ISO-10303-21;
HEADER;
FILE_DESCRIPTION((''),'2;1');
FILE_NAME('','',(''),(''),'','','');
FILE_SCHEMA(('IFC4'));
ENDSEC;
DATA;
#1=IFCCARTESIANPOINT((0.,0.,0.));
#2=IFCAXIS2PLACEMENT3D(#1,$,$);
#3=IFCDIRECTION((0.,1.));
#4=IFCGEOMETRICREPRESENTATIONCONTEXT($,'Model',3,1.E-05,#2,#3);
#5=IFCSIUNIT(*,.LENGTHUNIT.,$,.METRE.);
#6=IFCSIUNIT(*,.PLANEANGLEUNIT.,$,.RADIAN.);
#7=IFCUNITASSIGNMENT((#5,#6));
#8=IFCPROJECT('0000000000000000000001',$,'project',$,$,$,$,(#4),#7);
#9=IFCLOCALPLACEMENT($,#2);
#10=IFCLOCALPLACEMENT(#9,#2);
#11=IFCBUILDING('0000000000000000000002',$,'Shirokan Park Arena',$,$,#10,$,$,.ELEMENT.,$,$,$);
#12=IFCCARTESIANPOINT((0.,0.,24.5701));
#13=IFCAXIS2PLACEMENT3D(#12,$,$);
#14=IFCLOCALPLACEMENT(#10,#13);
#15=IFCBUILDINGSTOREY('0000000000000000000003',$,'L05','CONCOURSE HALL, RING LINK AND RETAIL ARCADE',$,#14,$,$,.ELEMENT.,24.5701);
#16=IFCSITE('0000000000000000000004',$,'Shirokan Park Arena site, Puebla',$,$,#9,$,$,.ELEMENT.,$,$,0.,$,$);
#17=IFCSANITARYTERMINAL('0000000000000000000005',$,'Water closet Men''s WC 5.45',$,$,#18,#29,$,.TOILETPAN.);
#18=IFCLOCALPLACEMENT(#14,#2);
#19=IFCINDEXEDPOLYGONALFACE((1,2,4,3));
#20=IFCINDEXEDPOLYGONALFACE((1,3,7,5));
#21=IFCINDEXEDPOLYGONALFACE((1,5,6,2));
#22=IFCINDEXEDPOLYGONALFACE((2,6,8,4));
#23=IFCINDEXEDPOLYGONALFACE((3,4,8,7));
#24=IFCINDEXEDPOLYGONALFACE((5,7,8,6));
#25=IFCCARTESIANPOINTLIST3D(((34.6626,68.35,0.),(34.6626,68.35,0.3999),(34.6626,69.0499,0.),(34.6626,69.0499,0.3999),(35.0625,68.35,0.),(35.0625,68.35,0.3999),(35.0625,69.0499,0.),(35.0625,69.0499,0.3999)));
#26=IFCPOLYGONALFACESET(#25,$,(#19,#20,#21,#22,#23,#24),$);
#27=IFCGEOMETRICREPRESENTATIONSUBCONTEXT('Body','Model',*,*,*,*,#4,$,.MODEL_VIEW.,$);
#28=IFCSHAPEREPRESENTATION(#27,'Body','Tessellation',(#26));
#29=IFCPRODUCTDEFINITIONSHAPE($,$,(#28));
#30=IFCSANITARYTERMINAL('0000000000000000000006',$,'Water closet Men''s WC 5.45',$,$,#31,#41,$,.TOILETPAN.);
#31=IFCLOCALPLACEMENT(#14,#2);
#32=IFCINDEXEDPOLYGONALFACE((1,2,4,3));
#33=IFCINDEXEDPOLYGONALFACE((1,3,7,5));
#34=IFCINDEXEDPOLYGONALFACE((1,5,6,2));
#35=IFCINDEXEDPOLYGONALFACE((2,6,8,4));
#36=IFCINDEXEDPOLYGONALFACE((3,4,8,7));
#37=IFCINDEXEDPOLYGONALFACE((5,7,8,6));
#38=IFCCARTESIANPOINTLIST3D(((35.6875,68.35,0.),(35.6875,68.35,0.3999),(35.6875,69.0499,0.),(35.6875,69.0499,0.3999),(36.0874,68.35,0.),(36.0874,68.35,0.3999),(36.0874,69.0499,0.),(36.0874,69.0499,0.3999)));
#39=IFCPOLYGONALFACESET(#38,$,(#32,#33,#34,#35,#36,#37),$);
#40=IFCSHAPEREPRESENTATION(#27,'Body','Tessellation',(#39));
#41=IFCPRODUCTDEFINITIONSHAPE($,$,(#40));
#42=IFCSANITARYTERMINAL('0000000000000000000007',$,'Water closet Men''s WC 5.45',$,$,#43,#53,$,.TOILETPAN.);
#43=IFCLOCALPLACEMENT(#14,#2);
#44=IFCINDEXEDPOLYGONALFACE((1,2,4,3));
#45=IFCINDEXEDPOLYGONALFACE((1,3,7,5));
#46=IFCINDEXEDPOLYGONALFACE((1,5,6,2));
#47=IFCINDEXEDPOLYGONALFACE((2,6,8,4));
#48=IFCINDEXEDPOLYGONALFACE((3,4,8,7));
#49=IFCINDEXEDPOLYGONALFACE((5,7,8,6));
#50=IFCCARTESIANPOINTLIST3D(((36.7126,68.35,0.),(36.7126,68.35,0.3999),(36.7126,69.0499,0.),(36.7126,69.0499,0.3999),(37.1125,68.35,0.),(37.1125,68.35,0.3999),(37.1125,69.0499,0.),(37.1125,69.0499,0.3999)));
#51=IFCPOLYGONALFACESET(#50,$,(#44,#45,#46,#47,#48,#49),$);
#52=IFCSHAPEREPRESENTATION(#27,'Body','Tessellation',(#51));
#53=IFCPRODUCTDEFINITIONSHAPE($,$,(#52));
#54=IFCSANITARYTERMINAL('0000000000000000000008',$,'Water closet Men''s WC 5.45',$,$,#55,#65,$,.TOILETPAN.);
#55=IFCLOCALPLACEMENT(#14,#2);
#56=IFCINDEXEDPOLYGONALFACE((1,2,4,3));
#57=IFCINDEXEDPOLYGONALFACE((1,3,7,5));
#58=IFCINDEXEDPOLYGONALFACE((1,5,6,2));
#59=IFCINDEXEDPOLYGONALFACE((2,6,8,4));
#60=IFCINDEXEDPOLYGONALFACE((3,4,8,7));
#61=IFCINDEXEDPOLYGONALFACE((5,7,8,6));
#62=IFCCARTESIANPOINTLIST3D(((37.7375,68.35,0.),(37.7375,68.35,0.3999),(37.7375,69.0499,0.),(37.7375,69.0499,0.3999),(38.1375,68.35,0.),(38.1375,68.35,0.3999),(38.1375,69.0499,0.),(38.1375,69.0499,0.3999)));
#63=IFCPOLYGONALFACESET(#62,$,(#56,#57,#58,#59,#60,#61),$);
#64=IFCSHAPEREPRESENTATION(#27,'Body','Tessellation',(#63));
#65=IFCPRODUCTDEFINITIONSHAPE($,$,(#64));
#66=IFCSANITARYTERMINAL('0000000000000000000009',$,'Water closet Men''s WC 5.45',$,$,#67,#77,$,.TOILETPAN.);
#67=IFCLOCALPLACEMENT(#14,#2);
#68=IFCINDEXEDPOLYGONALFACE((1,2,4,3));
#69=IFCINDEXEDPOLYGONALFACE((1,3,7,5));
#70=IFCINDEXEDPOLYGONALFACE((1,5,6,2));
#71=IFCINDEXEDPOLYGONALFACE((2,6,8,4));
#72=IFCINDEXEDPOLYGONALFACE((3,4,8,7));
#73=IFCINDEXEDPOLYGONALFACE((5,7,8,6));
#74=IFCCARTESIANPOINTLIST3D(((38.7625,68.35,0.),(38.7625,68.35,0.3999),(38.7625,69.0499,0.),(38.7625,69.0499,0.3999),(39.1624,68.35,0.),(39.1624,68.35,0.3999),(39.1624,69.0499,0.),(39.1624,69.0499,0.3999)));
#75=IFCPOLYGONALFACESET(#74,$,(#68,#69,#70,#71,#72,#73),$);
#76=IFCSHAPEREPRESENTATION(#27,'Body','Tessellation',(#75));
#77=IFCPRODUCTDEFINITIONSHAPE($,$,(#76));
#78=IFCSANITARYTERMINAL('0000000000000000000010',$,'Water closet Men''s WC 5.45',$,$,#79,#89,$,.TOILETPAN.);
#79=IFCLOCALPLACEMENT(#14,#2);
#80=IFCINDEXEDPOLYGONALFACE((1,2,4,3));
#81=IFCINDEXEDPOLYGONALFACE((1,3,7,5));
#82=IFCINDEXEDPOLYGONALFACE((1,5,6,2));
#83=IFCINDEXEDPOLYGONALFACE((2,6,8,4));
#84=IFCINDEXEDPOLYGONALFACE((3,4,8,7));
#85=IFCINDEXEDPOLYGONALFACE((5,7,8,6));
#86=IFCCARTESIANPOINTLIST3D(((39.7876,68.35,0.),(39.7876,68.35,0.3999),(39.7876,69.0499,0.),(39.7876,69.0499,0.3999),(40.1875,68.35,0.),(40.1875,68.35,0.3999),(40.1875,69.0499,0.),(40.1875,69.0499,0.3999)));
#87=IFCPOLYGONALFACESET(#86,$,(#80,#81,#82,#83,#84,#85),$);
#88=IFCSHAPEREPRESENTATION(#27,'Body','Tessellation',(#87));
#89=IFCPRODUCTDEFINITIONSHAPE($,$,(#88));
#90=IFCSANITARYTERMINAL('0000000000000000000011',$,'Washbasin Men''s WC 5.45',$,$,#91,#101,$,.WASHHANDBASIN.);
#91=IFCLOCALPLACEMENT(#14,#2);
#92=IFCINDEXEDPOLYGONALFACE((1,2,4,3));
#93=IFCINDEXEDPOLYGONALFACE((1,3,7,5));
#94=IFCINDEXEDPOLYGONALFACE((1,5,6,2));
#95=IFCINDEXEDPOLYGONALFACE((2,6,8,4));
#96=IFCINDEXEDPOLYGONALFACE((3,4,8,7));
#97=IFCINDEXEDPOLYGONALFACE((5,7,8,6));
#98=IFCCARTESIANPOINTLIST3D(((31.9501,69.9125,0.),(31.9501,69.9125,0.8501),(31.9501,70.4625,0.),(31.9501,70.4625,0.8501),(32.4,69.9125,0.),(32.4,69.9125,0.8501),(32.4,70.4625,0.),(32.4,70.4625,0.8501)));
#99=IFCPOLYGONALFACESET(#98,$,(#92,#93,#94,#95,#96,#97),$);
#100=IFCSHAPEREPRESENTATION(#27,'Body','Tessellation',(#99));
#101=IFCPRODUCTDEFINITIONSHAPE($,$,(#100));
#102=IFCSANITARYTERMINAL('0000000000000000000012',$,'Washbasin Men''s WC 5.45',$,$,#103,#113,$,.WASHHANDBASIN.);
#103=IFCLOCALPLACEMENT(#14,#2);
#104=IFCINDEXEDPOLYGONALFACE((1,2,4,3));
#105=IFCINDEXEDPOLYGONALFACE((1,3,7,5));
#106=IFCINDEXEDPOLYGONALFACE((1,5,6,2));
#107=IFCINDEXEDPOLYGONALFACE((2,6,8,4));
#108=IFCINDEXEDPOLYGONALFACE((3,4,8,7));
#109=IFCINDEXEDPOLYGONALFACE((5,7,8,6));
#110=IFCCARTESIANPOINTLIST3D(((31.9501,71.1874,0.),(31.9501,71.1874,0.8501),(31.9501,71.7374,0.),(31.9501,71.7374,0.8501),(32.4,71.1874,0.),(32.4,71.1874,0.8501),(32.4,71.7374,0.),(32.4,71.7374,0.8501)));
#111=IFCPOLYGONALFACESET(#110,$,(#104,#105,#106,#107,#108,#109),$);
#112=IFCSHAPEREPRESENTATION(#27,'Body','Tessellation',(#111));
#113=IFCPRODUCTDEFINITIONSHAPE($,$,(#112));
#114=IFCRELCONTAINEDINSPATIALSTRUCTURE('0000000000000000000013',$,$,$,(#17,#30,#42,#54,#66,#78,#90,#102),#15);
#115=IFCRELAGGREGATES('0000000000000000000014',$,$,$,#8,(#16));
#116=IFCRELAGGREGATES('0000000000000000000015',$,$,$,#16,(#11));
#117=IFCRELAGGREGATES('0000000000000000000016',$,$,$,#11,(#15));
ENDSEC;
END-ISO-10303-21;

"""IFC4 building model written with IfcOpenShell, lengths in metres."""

from ifc_helpers import new_model, si_unit, direction, frame, origin, origin_2d, place, context, subcontext, project, spatial, rectangle, extrude, element, save


model = new_model("IFC4")

# Units and contexts
model_context = context("Model", 3, precision=1e-05, world=origin(), true_north=direction((0.0, 1.0)))
body_context = subcontext(model_context, "Body", "Model", "MODEL_VIEW")
ifc_project = project(units=[si_unit("LENGTHUNIT", "METRE"), si_unit("PLANEANGLEUNIT", "RADIAN")], contexts=[model_context])

# Site, building, storey
site_placement = place(None, origin())
site = spatial("IfcSite", under=ifc_project, at=site_placement, Name="Shirokan Park Arena site, Puebla", CompositionType="ELEMENT", RefElevation=0.0)
building_placement = place(site_placement, origin())
building = spatial("IfcBuilding", under=site, at=building_placement, Name="Shirokan Park Arena", CompositionType="ELEMENT")
storey_placement = place(building_placement, frame((0.0, 0.0, 24.5701)))
storey = spatial("IfcBuildingStorey", under=building, at=storey_placement, Name="L05", Description="CONCOURSE HALL, RING LINK AND RETAIL ARCADE", CompositionType="ELEMENT", Elevation=24.5701)

# Sanitary terminals
for number, where, z_axis, x_axis, name in (
    (1, (34.8625, 68.7, 0.0), (0.0, 0.0, 1.0), (1.0, 0.0, 0.0), "Water closet Men's WC 5.45"),
    (2, (35.8875, 68.7, 0.0), (0.0, 0.0, 1.0), (1.0, 0.0, 0.0), "Water closet Men's WC 5.45"),
    (3, (36.9126, 68.7, 0.0), (0.0, 0.0, 1.0), (1.0, 0.0, 0.0), "Water closet Men's WC 5.45"),
    (4, (37.9375, 68.7, 0.0), (0.0, 0.0, 1.0), (1.0, 0.0, 0.0), "Water closet Men's WC 5.45"),
    (5, (38.9624, 68.7, 0.0), (0.0, 0.0, 1.0), (1.0, 0.0, 0.0), "Water closet Men's WC 5.45"),
    (6, (39.9875, 68.7, 0.0), (0.0, 0.0, 1.0), (1.0, 0.0, 0.0), "Water closet Men's WC 5.45"),
):
    element("IfcSanitaryTerminal", number, at=place(storey_placement, frame(where, z_axis=z_axis, x_axis=x_axis)), inside=storey, Name=name, PredefinedType="TOILETPAN", context=body_context, shape_type="SweptSolid", body=[
        extrude(rectangle(XDim=0.3999, YDim=0.7, at=origin_2d()), origin(), (0.0, 0.0, 1.0), 0.3999),
    ])
for number, where, z_axis, x_axis, name in (
    (7, (32.175, 70.1875, 0.0), (0.0, 0.0, 1.0), (1.0, 0.0, 0.0), "Washbasin Men's WC 5.45"),
    (8, (32.175, 71.4624, 0.0), (0.0, 0.0, 1.0), (1.0, 0.0, 0.0), "Washbasin Men's WC 5.45"),
):
    element("IfcSanitaryTerminal", number, at=place(storey_placement, frame(where, z_axis=z_axis, x_axis=x_axis)), inside=storey, Name=name, PredefinedType="WASHHANDBASIN", context=body_context, shape_type="SweptSolid", body=[
        extrude(rectangle(XDim=0.45, YDim=0.55, at=origin_2d()), origin(), (0.0, 0.0, 1.0), 0.8501),
    ])

save(model, "model.ifc")
